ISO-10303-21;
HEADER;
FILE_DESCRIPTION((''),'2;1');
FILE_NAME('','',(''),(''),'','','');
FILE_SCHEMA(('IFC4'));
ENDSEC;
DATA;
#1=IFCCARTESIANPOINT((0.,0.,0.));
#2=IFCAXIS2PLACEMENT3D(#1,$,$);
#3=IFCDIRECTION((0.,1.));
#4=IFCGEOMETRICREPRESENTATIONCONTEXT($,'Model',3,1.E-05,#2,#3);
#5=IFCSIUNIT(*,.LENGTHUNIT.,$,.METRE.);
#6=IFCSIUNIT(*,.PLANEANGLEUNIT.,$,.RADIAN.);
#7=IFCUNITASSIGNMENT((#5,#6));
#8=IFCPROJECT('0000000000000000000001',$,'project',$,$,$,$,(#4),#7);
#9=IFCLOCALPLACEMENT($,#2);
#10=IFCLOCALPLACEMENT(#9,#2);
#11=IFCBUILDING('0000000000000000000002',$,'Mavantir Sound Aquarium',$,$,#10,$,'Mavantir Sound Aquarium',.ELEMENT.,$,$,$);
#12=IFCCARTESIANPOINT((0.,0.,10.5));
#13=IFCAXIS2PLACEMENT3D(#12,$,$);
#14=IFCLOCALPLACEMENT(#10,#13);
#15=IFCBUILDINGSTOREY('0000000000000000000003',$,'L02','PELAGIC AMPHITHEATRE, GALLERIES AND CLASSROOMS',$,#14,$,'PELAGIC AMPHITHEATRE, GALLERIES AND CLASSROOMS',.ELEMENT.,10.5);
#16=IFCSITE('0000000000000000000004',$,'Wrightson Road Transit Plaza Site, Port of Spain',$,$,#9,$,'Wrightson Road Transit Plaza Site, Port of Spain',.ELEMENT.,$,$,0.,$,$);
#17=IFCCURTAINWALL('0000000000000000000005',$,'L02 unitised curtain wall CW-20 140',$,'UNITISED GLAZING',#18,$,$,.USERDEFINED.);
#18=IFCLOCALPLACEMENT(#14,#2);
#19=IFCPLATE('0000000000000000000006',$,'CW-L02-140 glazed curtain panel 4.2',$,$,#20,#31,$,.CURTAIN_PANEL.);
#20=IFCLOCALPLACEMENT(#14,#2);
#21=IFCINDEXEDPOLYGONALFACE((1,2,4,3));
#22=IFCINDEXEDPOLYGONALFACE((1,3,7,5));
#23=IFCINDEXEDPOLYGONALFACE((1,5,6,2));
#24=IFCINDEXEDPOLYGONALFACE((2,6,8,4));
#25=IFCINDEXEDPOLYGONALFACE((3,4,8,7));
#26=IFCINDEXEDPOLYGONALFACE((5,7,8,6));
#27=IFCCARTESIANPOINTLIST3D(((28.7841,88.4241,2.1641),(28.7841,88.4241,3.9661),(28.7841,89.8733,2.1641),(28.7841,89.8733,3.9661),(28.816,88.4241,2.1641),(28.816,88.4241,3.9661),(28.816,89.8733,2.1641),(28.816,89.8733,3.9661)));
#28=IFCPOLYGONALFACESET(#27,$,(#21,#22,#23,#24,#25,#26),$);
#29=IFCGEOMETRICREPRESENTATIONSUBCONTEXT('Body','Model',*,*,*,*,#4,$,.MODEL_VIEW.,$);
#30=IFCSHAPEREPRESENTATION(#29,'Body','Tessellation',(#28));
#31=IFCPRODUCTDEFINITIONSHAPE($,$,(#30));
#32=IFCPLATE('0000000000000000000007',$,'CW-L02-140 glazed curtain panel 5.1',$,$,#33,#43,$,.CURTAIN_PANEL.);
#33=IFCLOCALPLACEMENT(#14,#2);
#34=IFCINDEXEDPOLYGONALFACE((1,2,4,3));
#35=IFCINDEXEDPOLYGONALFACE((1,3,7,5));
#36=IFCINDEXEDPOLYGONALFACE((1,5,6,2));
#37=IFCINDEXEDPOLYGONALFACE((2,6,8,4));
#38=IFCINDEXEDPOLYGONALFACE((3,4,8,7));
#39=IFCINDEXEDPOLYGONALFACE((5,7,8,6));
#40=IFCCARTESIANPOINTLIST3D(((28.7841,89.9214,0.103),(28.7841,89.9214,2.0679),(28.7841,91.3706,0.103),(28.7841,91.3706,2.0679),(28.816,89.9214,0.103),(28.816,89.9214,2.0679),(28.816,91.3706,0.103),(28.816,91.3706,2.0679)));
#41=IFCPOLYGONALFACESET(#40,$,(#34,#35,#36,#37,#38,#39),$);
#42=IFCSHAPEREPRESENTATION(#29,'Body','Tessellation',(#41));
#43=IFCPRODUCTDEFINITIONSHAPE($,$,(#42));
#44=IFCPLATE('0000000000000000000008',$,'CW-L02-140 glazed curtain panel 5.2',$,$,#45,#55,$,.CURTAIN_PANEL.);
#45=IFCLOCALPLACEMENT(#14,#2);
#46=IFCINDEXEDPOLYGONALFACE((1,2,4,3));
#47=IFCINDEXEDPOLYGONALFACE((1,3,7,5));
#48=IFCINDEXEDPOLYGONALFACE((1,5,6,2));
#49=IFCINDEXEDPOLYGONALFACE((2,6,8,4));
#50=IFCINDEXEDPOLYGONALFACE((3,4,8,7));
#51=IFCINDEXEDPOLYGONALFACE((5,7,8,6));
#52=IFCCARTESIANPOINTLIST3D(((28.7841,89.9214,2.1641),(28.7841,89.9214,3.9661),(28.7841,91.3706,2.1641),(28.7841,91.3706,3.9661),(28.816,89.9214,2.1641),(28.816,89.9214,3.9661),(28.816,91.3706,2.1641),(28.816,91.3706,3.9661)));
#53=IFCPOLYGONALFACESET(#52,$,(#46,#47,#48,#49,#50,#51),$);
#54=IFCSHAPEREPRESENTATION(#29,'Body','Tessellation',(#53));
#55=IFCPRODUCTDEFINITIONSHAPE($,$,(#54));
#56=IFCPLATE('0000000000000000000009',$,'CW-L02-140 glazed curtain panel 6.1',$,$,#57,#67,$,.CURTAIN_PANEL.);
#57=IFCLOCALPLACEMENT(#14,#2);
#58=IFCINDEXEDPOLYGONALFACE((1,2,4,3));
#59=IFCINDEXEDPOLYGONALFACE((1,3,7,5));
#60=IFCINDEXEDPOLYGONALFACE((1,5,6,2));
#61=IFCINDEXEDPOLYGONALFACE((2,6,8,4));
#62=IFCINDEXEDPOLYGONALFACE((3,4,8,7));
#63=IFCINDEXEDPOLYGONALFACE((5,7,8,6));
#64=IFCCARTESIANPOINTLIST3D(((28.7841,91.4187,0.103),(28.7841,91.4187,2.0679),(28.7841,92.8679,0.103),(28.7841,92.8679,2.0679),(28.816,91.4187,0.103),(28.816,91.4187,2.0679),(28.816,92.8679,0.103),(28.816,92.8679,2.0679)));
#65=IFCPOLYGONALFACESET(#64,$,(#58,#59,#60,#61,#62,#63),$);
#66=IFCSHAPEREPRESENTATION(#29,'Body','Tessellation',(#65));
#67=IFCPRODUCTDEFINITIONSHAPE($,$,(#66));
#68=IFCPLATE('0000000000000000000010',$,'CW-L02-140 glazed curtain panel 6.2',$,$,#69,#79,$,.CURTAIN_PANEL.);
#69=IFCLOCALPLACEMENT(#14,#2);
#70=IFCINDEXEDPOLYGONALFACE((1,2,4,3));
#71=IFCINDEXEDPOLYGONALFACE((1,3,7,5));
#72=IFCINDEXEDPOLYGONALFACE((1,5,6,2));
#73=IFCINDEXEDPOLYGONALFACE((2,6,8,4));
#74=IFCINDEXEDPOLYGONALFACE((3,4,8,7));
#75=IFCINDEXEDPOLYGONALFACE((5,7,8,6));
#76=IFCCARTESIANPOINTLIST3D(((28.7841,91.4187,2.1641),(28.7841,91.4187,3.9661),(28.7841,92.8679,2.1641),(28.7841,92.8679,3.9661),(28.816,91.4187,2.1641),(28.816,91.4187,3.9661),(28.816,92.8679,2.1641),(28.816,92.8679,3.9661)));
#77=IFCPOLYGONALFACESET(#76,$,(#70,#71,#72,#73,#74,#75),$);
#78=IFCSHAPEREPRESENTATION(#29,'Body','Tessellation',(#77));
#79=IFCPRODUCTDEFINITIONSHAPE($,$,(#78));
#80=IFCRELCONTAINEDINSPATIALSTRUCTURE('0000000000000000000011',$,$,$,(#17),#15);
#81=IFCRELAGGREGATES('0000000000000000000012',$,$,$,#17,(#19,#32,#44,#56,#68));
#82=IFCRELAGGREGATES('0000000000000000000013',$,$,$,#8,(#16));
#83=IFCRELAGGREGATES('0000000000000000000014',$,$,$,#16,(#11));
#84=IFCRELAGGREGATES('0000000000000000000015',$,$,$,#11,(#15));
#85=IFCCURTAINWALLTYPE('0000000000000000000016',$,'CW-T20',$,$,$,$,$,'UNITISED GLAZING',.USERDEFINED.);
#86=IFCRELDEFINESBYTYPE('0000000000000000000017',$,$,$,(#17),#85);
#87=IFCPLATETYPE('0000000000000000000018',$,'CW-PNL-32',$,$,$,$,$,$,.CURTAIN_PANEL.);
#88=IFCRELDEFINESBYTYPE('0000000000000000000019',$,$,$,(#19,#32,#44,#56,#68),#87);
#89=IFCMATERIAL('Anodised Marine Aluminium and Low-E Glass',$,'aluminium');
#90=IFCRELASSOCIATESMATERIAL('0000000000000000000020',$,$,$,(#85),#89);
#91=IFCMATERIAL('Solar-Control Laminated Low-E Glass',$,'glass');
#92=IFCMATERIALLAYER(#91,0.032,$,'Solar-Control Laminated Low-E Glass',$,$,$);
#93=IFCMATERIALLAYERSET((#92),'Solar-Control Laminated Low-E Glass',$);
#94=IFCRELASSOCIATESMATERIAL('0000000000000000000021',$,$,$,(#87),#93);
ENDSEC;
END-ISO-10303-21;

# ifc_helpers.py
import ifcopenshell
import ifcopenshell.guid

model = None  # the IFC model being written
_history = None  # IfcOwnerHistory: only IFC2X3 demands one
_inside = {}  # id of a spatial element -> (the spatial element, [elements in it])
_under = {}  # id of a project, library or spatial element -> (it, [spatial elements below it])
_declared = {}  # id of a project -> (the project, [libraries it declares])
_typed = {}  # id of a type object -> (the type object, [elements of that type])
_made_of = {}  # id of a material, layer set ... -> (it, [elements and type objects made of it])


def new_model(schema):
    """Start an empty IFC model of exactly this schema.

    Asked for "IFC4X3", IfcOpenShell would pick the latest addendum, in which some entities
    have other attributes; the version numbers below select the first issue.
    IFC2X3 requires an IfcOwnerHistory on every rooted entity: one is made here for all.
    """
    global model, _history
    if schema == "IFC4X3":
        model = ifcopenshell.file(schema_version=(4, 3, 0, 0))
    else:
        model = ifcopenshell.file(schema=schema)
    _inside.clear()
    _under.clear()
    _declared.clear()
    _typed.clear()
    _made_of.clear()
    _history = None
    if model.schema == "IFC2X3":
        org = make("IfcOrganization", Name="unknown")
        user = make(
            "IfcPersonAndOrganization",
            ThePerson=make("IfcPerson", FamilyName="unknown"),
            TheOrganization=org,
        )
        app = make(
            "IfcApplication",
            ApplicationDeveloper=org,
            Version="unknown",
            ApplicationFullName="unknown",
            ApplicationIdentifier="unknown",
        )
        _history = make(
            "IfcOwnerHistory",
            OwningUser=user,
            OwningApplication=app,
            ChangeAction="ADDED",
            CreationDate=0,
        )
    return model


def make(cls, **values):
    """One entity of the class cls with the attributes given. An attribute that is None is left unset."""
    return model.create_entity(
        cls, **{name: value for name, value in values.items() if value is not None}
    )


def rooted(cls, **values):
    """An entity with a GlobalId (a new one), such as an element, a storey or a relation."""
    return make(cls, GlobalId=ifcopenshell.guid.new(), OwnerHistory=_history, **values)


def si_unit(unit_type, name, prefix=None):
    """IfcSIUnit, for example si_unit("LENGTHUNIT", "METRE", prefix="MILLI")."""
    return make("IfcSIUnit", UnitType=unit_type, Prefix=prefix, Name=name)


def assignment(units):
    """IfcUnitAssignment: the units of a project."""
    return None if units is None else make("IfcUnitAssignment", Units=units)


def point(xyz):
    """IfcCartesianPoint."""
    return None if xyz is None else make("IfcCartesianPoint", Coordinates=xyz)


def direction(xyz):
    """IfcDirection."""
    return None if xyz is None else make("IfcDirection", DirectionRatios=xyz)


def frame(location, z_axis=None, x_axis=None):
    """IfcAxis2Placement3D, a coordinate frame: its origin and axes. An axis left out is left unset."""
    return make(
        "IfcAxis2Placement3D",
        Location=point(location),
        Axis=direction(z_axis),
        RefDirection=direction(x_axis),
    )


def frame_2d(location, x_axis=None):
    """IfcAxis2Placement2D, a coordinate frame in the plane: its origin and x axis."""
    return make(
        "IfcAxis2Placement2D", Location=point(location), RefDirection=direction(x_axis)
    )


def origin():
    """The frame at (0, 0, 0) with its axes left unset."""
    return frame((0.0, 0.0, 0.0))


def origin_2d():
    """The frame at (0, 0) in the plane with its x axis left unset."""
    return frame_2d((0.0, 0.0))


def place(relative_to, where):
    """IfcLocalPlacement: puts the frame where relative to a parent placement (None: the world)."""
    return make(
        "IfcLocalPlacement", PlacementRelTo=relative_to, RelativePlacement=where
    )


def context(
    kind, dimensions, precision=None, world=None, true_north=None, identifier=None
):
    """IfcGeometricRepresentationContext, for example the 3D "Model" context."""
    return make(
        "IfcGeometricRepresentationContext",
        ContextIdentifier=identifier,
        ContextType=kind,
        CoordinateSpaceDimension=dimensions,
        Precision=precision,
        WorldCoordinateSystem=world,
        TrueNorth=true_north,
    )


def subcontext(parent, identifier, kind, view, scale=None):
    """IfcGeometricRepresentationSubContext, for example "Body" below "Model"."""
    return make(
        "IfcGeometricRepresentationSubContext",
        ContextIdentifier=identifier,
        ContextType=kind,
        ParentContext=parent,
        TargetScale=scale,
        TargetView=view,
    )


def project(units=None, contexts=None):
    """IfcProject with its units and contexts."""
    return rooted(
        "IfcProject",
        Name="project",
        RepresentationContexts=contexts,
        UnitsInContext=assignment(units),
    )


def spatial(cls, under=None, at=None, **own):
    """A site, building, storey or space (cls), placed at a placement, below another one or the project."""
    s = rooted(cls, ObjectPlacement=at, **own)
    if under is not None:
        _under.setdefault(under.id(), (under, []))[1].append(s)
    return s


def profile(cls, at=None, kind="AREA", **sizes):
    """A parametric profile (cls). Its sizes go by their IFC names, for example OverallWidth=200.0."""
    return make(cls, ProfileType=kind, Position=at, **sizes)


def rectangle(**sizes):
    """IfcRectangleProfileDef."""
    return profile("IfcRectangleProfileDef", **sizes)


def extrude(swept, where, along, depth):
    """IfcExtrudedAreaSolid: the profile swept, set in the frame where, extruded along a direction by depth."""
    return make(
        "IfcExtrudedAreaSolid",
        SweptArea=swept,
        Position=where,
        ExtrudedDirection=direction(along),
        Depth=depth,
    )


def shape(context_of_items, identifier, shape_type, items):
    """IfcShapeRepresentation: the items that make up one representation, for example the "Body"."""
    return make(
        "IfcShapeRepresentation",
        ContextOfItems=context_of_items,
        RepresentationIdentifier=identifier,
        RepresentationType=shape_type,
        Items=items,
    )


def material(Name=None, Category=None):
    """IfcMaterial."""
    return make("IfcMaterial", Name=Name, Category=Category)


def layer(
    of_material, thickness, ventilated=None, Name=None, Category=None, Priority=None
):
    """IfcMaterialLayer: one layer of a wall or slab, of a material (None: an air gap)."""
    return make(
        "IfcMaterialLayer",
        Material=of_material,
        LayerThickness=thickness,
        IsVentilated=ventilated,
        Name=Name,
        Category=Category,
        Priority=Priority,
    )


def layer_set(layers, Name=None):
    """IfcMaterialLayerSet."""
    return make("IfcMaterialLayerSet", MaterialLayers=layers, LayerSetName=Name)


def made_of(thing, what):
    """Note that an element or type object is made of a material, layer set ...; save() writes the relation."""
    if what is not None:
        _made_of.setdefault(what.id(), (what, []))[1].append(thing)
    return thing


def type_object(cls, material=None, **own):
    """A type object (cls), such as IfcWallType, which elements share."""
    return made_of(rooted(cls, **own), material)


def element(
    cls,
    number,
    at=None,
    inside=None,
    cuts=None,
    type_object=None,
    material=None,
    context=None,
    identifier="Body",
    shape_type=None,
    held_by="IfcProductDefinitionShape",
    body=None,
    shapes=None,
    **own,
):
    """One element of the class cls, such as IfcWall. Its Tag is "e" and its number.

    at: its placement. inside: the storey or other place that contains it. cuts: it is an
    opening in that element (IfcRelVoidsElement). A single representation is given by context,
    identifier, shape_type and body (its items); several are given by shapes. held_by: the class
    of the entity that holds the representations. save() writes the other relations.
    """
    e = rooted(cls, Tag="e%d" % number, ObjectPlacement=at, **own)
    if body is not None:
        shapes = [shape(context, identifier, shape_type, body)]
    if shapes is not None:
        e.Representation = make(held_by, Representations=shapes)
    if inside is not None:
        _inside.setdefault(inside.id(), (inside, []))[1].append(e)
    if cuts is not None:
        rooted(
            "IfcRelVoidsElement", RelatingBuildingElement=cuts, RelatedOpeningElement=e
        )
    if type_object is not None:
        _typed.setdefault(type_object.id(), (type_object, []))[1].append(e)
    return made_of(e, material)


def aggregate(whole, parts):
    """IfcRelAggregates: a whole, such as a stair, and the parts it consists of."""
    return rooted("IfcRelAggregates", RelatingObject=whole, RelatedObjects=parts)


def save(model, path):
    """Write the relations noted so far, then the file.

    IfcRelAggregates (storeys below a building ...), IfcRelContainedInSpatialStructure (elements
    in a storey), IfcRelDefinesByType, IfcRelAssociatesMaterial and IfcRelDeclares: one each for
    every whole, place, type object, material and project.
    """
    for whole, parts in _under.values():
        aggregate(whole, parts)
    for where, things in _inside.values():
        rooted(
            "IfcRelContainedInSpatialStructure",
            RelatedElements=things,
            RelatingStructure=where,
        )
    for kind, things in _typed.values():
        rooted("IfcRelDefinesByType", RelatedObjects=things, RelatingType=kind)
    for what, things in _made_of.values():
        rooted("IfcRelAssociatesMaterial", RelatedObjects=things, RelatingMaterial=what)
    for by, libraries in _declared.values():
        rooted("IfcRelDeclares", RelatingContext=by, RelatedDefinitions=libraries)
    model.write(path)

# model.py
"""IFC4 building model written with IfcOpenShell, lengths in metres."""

from ifc_helpers import new_model, si_unit, direction, frame, origin, origin_2d, place, context, subcontext, project, spatial, rectangle, extrude, material, layer, layer_set, type_object, element, aggregate, save


model = new_model("IFC4")

# Units and contexts
model_context = context("Model", 3, precision=1e-05, world=origin(), true_north=direction((0.0, 1.0)))
body_context = subcontext(model_context, "Body", "Model", "MODEL_VIEW")
ifc_project = project(units=[si_unit("LENGTHUNIT", "METRE"), si_unit("PLANEANGLEUNIT", "RADIAN")], contexts=[model_context])

# Site, building, storey
site_placement = place(None, origin())
site = spatial("IfcSite", under=ifc_project, at=site_placement, Name="Wrightson Road Transit Plaza Site, Port of Spain", LongName="Wrightson Road Transit Plaza Site, Port of Spain", CompositionType="ELEMENT", RefElevation=0.0)
building_placement = place(site_placement, origin())
building = spatial("IfcBuilding", under=site, at=building_placement, Name="Mavantir Sound Aquarium", LongName="Mavantir Sound Aquarium", CompositionType="ELEMENT")
storey_placement = place(building_placement, frame((0.0, 0.0, 10.5)))
storey = spatial("IfcBuildingStorey", under=building, at=storey_placement, Name="L02", Description="PELAGIC AMPHITHEATRE, GALLERIES AND CLASSROOMS", LongName="PELAGIC AMPHITHEATRE, GALLERIES AND CLASSROOMS", CompositionType="ELEMENT", Elevation=10.5)

# Curtain wall, plates
ifc_material_1 = material(Name="Anodised Marine Aluminium and Low-E Glass", Category="aluminium")
curtain_wall_type = type_object("IfcCurtainWallType", Name="CW-T20", ElementType="UNITISED GLAZING", PredefinedType="USERDEFINED", material=ifc_material_1)
curtain_wall_placement = place(storey_placement, origin())
curtain_wall = element("IfcCurtainWall", 1, at=curtain_wall_placement, inside=storey, type_object=curtain_wall_type, Name="L02 unitised curtain wall CW-20 140", ObjectType="UNITISED GLAZING", PredefinedType="USERDEFINED")
ifc_material_2 = material(Name="Solar-Control Laminated Low-E Glass", Category="glass")
ifc_layer = layer(ifc_material_2, 0.032, Name="Solar-Control Laminated Low-E Glass")
ifc_layer_set = layer_set([ifc_layer], Name="Solar-Control Laminated Low-E Glass")
plate_type = type_object("IfcPlateType", Name="CW-PNL-32", PredefinedType="CURTAIN_PANEL", material=ifc_layer_set)
plate_1_placement = place(storey_placement, frame((28.8, 89.1487, 2.1641), z_axis=(0.0, 0.0, 1.0), x_axis=(0.0, 1.0, 0.0)))
plate_1 = element("IfcPlate", 2, at=plate_1_placement, type_object=plate_type, Name="CW-L02-140 glazed curtain panel 4.2", PredefinedType="CURTAIN_PANEL", context=body_context, shape_type="SweptSolid", body=[
    extrude(rectangle(XDim=1.4492, YDim=0.032, at=origin_2d()), origin(), (0.0, 0.0, 1.0), 1.802),
])
plate_2_placement = place(storey_placement, frame((28.8, 90.646, 0.103), z_axis=(0.0, 0.0, 1.0), x_axis=(0.0, 1.0, 0.0)))
plate_2 = element("IfcPlate", 3, at=plate_2_placement, type_object=plate_type, Name="CW-L02-140 glazed curtain panel 5.1", PredefinedType="CURTAIN_PANEL", context=body_context, shape_type="SweptSolid", body=[
    extrude(rectangle(XDim=1.4492, YDim=0.032, at=origin_2d()), origin(), (0.0, 0.0, 1.0), 1.9648),
])
plate_3_placement = place(storey_placement, frame((28.8, 90.646, 2.1641), z_axis=(0.0, 0.0, 1.0), x_axis=(0.0, 1.0, 0.0)))
plate_3 = element("IfcPlate", 4, at=plate_3_placement, type_object=plate_type, Name="CW-L02-140 glazed curtain panel 5.2", PredefinedType="CURTAIN_PANEL", context=body_context, shape_type="SweptSolid", body=[
    extrude(rectangle(XDim=1.4492, YDim=0.032, at=origin_2d()), origin(), (0.0, 0.0, 1.0), 1.802),
])
plate_4_placement = place(storey_placement, frame((28.8, 92.1433, 0.103), z_axis=(0.0, 0.0, 1.0), x_axis=(0.0, 1.0, 0.0)))
plate_4 = element("IfcPlate", 5, at=plate_4_placement, type_object=plate_type, Name="CW-L02-140 glazed curtain panel 6.1", PredefinedType="CURTAIN_PANEL", context=body_context, shape_type="SweptSolid", body=[
    extrude(rectangle(XDim=1.4492, YDim=0.032, at=origin_2d()), origin(), (0.0, 0.0, 1.0), 1.9648),
])
plate_5_placement = place(storey_placement, frame((28.8, 92.1433, 2.1641), z_axis=(0.0, 0.0, 1.0), x_axis=(0.0, 1.0, 0.0)))
plate_5 = element("IfcPlate", 6, at=plate_5_placement, type_object=plate_type, Name="CW-L02-140 glazed curtain panel 6.2", PredefinedType="CURTAIN_PANEL", context=body_context, shape_type="SweptSolid", body=[
    extrude(rectangle(XDim=1.4492, YDim=0.032, at=origin_2d()), origin(), (0.0, 0.0, 1.0), 1.802),
])
aggregate(curtain_wall, [plate_1, plate_2, plate_3, plate_4, plate_5])

save(model, "model.ifc")
